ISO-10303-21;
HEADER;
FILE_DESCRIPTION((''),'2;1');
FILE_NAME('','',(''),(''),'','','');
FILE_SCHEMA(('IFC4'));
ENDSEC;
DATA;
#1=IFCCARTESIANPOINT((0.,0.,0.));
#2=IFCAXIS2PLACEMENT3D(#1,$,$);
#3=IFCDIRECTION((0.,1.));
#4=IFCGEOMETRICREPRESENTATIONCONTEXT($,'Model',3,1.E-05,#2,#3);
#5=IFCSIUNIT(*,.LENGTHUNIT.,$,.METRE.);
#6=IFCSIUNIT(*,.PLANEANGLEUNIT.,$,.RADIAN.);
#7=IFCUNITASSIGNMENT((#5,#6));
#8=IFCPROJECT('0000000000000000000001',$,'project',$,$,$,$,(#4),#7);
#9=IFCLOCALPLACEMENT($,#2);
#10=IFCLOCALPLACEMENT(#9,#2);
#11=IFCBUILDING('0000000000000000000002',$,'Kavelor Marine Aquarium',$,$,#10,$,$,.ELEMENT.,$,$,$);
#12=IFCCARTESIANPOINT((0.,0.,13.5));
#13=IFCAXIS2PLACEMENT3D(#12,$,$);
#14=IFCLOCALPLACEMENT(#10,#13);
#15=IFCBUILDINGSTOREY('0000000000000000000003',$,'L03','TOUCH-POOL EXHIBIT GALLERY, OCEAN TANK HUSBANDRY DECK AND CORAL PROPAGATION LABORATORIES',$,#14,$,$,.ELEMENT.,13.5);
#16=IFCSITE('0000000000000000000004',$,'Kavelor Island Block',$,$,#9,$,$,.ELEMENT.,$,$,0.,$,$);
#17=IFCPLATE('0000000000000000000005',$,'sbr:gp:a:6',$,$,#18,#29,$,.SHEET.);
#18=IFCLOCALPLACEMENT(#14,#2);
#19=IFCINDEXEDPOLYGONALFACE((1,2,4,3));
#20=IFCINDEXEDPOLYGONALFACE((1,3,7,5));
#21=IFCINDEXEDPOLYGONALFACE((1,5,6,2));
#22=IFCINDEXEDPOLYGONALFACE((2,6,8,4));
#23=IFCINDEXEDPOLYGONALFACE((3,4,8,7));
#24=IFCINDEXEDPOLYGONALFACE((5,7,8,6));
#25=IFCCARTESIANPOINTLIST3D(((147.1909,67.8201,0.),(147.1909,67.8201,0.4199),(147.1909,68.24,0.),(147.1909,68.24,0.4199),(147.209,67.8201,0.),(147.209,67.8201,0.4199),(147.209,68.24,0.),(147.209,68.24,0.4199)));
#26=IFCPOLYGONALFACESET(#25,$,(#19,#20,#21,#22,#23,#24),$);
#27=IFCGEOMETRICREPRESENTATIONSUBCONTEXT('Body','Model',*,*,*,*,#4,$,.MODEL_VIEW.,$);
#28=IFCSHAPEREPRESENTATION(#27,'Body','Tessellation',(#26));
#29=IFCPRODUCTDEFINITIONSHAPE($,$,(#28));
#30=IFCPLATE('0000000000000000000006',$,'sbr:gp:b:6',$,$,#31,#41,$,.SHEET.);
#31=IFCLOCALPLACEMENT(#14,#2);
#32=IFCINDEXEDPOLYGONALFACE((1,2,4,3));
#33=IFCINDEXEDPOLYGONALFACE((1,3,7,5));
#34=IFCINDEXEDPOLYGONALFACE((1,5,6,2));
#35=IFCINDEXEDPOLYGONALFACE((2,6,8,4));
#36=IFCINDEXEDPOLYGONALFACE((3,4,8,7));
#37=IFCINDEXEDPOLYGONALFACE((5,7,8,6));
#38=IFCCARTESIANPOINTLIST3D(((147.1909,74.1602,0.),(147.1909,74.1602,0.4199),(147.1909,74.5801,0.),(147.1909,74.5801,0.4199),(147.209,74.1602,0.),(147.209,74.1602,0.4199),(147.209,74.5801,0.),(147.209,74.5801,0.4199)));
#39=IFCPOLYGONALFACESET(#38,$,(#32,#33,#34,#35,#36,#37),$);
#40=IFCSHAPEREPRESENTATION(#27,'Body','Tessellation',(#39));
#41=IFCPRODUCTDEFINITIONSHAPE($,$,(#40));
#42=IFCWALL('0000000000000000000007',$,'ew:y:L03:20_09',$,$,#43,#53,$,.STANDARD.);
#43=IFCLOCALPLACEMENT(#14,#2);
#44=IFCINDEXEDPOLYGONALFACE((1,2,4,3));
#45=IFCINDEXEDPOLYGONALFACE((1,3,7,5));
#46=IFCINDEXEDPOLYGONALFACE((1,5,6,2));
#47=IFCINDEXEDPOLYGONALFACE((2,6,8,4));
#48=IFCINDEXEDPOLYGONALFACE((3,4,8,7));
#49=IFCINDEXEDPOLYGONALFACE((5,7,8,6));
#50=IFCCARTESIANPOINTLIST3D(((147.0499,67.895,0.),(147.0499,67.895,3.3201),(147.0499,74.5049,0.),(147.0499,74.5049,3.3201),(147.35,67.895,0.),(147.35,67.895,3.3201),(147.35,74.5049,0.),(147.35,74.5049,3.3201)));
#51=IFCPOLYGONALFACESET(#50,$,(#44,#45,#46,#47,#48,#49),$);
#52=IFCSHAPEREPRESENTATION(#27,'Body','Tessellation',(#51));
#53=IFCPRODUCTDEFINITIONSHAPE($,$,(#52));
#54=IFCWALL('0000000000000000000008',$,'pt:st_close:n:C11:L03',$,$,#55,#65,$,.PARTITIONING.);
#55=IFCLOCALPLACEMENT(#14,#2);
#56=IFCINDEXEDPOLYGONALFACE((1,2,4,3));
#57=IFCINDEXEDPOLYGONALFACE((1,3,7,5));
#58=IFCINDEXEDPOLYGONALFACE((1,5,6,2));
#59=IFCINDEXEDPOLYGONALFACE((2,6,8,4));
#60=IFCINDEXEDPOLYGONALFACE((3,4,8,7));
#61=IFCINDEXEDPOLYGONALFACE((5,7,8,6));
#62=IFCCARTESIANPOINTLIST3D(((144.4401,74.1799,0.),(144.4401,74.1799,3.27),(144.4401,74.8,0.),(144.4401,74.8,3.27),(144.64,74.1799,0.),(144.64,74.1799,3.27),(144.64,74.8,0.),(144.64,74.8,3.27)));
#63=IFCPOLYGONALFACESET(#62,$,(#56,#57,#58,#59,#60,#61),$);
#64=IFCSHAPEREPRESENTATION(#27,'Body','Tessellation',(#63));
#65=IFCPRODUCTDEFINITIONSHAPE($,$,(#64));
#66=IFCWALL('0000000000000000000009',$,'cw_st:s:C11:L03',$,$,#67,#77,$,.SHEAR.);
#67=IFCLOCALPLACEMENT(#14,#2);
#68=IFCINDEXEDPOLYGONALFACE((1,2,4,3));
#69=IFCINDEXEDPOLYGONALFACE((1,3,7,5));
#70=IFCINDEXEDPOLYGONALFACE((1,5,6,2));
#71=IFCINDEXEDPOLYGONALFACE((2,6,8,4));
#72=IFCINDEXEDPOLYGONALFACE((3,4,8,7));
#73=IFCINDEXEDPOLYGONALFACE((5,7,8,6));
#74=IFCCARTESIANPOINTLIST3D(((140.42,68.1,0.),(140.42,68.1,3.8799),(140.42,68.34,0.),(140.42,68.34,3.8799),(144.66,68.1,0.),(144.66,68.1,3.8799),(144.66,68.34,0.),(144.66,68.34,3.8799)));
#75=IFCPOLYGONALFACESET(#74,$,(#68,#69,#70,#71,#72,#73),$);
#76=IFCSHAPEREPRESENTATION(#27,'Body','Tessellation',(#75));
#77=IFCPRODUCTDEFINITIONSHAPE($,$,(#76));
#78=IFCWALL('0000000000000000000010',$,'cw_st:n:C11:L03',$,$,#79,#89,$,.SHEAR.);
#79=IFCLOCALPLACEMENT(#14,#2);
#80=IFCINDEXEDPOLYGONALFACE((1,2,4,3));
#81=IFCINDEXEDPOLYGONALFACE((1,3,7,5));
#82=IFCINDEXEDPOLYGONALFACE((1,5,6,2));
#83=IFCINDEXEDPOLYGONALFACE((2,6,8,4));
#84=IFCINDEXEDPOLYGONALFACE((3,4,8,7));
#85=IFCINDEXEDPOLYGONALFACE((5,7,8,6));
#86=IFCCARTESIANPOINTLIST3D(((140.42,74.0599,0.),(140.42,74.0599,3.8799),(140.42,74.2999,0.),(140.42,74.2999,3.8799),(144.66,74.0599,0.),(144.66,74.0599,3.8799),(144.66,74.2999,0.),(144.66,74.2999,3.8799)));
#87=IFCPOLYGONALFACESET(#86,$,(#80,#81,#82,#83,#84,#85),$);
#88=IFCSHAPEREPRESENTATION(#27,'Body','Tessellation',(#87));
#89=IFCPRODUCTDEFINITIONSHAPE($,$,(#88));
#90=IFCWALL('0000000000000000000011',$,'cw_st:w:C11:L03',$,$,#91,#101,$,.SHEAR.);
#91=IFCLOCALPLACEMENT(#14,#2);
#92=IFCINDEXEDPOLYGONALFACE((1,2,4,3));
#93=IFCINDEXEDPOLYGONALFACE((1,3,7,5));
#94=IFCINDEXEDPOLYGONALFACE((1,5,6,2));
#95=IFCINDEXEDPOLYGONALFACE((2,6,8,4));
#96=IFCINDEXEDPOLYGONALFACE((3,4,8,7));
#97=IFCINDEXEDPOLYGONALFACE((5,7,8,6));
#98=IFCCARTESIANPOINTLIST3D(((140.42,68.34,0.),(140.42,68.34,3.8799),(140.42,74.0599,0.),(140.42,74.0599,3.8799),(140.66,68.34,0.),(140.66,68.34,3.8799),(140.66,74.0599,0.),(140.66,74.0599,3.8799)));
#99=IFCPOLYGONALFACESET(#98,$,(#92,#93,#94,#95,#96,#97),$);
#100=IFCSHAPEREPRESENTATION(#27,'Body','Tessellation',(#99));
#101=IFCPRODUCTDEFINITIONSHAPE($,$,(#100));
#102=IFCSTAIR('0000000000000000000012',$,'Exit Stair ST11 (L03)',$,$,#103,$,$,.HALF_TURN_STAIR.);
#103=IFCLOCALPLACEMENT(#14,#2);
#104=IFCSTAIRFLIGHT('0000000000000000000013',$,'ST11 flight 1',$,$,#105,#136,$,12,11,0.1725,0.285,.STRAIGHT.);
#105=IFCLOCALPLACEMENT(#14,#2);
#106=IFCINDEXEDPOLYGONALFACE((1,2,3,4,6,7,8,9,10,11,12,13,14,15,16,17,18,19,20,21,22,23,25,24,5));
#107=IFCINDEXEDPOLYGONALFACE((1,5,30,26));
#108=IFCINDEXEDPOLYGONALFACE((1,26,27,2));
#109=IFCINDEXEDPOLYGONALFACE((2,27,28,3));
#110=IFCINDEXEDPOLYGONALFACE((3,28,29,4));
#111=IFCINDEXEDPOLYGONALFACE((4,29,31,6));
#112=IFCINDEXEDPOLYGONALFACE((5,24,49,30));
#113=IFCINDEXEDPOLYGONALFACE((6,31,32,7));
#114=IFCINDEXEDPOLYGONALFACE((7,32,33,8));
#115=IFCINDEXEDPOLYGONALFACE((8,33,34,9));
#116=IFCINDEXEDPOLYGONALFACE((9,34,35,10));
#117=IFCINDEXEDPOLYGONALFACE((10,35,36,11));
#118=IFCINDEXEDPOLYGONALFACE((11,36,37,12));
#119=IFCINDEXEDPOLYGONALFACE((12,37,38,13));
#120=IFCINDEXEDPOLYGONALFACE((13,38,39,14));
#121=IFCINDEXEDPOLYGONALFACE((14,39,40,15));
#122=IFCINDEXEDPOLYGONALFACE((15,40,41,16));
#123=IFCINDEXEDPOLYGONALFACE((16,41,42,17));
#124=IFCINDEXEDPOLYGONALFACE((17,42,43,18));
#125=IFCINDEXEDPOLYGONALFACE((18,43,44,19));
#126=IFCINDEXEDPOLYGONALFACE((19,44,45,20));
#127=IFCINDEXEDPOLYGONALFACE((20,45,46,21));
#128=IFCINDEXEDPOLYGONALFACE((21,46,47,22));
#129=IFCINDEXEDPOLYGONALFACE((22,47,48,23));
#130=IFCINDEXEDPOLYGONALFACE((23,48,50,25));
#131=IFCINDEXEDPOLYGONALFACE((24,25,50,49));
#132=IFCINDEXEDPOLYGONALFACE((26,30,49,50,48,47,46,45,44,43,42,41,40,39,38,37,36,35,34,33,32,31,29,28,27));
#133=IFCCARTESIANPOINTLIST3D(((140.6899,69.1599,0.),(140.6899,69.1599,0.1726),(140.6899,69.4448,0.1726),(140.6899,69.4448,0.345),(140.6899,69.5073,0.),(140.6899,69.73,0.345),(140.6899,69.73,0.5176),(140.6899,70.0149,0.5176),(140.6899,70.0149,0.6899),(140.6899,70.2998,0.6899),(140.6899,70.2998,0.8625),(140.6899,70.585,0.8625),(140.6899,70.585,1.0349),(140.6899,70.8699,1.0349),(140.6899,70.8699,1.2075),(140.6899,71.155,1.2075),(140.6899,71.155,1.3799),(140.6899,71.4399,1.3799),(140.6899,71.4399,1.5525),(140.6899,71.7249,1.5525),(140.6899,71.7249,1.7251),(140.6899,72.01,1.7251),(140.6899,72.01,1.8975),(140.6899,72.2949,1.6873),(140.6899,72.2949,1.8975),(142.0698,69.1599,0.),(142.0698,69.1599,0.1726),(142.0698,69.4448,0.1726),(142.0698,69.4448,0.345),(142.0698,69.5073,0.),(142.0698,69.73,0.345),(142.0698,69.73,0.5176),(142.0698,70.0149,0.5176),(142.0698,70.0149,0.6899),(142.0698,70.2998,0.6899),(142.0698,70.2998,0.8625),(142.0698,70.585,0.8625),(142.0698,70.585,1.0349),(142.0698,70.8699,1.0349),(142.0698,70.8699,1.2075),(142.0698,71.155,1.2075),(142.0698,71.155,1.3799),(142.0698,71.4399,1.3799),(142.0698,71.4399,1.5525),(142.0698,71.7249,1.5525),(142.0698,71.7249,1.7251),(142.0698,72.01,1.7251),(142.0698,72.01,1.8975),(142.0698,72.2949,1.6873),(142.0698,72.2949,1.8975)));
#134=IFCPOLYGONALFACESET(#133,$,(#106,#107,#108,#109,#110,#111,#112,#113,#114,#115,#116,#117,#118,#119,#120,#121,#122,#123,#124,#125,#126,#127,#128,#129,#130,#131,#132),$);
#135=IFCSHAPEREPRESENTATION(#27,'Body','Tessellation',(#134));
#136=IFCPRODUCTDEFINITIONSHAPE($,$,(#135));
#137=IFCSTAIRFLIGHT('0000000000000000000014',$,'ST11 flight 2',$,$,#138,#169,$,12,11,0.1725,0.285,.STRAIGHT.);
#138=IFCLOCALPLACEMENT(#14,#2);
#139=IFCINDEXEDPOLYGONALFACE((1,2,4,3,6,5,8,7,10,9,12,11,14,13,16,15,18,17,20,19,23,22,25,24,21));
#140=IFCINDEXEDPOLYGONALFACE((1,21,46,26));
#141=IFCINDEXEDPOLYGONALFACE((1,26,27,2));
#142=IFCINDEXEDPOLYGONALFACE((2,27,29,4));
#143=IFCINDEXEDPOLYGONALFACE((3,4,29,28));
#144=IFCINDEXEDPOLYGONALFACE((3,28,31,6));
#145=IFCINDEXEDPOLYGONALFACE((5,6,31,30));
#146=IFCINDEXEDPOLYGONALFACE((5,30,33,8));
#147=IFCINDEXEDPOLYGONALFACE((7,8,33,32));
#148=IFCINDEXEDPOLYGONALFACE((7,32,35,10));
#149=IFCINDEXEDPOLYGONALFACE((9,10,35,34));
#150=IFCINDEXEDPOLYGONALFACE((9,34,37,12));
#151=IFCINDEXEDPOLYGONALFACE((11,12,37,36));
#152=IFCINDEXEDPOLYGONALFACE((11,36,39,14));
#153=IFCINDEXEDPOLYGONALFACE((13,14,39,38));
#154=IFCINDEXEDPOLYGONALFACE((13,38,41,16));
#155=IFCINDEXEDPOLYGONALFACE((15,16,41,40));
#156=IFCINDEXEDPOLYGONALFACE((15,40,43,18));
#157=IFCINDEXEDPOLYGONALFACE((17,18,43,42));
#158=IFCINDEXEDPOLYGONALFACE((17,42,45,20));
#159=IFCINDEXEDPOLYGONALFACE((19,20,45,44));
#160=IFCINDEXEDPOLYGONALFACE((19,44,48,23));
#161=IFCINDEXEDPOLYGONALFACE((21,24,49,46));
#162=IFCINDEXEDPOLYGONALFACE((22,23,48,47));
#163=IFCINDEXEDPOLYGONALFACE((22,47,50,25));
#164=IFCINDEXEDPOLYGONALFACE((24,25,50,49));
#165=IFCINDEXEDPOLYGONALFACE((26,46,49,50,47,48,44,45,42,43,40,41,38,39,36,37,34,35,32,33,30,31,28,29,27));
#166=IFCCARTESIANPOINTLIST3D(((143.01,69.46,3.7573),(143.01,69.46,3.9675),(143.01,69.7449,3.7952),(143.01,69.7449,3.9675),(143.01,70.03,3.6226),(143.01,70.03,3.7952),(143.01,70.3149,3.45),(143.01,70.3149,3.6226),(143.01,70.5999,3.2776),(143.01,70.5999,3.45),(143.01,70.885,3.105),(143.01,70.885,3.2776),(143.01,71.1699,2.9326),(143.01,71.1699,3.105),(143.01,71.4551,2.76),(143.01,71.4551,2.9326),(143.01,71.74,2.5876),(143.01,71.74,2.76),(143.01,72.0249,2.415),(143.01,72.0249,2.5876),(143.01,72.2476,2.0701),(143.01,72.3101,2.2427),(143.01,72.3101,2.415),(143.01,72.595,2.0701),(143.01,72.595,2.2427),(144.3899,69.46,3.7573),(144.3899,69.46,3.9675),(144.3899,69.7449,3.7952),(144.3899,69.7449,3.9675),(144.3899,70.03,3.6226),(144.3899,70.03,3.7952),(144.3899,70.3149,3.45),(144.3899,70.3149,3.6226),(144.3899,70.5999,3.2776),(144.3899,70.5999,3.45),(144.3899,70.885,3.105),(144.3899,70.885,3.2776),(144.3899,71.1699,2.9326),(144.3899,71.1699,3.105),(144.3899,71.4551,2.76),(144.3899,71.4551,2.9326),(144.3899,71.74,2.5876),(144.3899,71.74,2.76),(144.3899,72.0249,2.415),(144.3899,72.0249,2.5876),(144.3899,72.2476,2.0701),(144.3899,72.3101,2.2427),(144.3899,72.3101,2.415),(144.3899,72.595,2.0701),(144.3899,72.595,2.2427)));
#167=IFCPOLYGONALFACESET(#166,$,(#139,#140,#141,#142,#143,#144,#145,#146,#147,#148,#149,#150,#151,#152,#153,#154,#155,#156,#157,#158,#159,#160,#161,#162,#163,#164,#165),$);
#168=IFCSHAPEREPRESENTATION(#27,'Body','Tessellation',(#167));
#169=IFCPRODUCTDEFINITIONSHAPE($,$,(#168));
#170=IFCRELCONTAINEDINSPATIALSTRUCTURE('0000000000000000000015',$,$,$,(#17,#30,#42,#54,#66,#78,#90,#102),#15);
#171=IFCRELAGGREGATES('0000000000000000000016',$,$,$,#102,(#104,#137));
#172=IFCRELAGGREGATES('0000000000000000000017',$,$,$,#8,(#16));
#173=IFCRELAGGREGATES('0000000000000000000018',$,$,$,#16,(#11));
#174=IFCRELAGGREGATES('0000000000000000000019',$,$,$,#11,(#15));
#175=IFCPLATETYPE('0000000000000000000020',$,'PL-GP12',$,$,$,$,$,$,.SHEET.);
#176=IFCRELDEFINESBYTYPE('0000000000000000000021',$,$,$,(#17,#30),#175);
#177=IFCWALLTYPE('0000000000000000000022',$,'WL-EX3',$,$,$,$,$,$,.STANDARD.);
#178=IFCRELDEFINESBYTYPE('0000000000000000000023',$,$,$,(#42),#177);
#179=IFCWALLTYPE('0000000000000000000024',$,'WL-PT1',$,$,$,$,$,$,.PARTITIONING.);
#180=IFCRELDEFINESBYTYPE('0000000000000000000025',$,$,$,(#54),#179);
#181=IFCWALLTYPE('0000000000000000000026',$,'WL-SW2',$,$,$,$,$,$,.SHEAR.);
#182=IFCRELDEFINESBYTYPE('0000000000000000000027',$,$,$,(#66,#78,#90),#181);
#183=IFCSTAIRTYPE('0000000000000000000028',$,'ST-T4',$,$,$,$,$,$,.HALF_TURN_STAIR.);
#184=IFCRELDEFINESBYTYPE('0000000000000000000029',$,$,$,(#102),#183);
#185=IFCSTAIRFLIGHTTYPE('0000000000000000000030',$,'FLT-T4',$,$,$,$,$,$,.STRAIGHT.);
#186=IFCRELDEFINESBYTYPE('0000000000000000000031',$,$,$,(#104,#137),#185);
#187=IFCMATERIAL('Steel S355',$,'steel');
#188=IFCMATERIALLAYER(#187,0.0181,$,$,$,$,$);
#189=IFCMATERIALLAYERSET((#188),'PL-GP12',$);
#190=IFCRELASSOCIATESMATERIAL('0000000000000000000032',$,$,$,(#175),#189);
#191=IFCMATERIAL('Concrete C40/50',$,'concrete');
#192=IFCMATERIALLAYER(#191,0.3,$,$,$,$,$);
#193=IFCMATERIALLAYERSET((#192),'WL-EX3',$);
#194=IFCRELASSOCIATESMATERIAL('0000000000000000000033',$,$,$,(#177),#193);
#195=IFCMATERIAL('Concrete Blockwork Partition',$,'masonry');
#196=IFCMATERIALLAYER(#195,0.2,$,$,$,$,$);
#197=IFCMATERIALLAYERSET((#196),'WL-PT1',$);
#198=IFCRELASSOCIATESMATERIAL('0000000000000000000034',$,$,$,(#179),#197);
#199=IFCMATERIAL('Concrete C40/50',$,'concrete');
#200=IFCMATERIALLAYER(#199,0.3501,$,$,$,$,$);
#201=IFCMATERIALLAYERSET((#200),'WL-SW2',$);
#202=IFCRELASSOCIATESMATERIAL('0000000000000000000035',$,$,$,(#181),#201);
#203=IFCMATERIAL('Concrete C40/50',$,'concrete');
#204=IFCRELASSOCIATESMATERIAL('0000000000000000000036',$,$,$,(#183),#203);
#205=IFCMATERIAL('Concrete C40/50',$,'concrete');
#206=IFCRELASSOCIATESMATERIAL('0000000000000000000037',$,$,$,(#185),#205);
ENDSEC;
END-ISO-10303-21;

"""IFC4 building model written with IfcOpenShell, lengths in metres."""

from ifc_helpers import new_model, si_unit, direction, frame, frame_2d, origin, origin_2d, place, context, subcontext, project, spatial, polyline, rectangle, outline, extrude, material, layer, layer_set, type_object, element, aggregate, save


model = new_model("IFC4")

# Units and contexts
model_context = context("Model", 3, precision=1e-05, world=origin(), true_north=direction((0.0, 1.0)))
body_context = subcontext(model_context, "Body", "Model", "MODEL_VIEW")
ifc_project = project(units=[si_unit("LENGTHUNIT", "METRE"), si_unit("PLANEANGLEUNIT", "RADIAN")], contexts=[model_context])

# Site, building, storey
site_placement = place(None, origin())
site = spatial("IfcSite", under=ifc_project, at=site_placement, Name="Kavelor Island Block", CompositionType="ELEMENT", RefElevation=0.0)
building_placement = place(site_placement, origin())
building = spatial("IfcBuilding", under=site, at=building_placement, Name="Kavelor Marine Aquarium", CompositionType="ELEMENT")
storey_placement = place(building_placement, frame((0.0, 0.0, 13.5)))
storey = spatial("IfcBuildingStorey", under=building, at=storey_placement, Name="L03", Description="TOUCH-POOL EXHIBIT GALLERY, OCEAN TANK HUSBANDRY DECK AND CORAL PROPAGATION LABORATORIES", CompositionType="ELEMENT", Elevation=13.5)

# Plates
ifc_material_1 = material(Name="Steel S355", Category="steel")
ifc_layer_1 = layer(ifc_material_1, 0.0181)
ifc_layer_set_1 = layer_set([ifc_layer_1], Name="PL-GP12")
plate_type_1 = type_object("IfcPlateType", Name="PL-GP12", PredefinedType="SHEET", material=ifc_layer_set_1)
for number, where, z_axis, x_axis, name in (
    (1, (147.2, 68.03, 0.0), (0.0, 0.0, 1.0), (1.0, 0.0, 0.0), "sbr:gp:a:6"),
    (2, (147.2, 74.3701, 0.0), (0.0, 0.0, 1.0), (1.0, 0.0, 0.0), "sbr:gp:b:6"),
):
    element("IfcPlate", number, at=place(storey_placement, frame(where, z_axis=z_axis, x_axis=x_axis)), inside=storey, type_object=plate_type_1, Name=name, PredefinedType="SHEET", context=body_context, shape_type="SweptSolid", body=[
        extrude(rectangle(XDim=0.0181, YDim=0.4199, at=origin_2d()), origin(), (0.0, 0.0, 1.0), 0.4199),
    ])

# Walls
ifc_material_2 = material(Name="Concrete C40/50", Category="concrete")
ifc_layer_2 = layer(ifc_material_2, 0.3)
ifc_layer_set_2 = layer_set([ifc_layer_2], Name="WL-EX3")
wall_type_1 = type_object("IfcWallType", Name="WL-EX3", PredefinedType="STANDARD", material=ifc_layer_set_2)
wall_1_placement = place(storey_placement, frame((147.2, 74.5049, 0.0), z_axis=(0.0, 0.0, 1.0), x_axis=(0.0, -1.0, 0.0)))
element("IfcWall", 3, at=wall_1_placement, inside=storey, type_object=wall_type_1, Name="ew:y:L03:20_09", PredefinedType="STANDARD", context=body_context, shape_type="SweptSolid", body=[
    extrude(rectangle(XDim=6.6099, YDim=0.3, at=frame_2d((3.3049, 0.0))), origin(), (0.0, 0.0, 1.0), 3.3201),
])
ifc_material_3 = material(Name="Concrete Blockwork Partition", Category="masonry")
ifc_layer_3 = layer(ifc_material_3, 0.2)
ifc_layer_set_3 = layer_set([ifc_layer_3], Name="WL-PT1")
wall_type_2 = type_object("IfcWallType", Name="WL-PT1", PredefinedType="PARTITIONING", material=ifc_layer_set_3)
wall_2_placement = place(storey_placement, frame((144.54, 74.1799, 0.0), z_axis=(0.0, 0.0, 1.0), x_axis=(0.0, 1.0, 0.0)))
element("IfcWall", 4, at=wall_2_placement, inside=storey, type_object=wall_type_2, Name="pt:st_close:n:C11:L03", PredefinedType="PARTITIONING", context=body_context, shape_type="SweptSolid", body=[
    extrude(rectangle(XDim=0.6201, YDim=0.2, at=frame_2d((0.3101, 0.0))), origin(), (0.0, 0.0, 1.0), 3.27),
])
ifc_material_4 = material(Name="Concrete C40/50", Category="concrete")
ifc_layer_4 = layer(ifc_material_4, 0.3501)
ifc_layer_set_4 = layer_set([ifc_layer_4], Name="WL-SW2")
wall_type_3 = type_object("IfcWallType", Name="WL-SW2", PredefinedType="SHEAR", material=ifc_layer_set_4)
for number, where, z_axis, x_axis, name in (
    (5, (140.4199, 68.22, 0.0), (0.0, 0.0, 1.0), (1.0, 0.0, 0.0), "cw_st:s:C11:L03"),
    (6, (140.4199, 74.1799, 0.0), (0.0, 0.0, 1.0), (1.0, 0.0, 0.0), "cw_st:n:C11:L03"),
):
    element("IfcWall", number, at=place(storey_placement, frame(where, z_axis=z_axis, x_axis=x_axis)), inside=storey, type_object=wall_type_3, Name=name, PredefinedType="SHEAR", context=body_context, shape_type="SweptSolid", body=[
        extrude(rectangle(XDim=4.24, YDim=0.24, at=frame_2d((2.1201, 0.0))), origin(), (0.0, 0.0, 1.0), 3.8799),
    ])
wall_3_placement = place(storey_placement, frame((140.54, 68.3401, 0.0), z_axis=(0.0, 0.0, 1.0), x_axis=(0.0, 1.0, 0.0)))
element("IfcWall", 7, at=wall_3_placement, inside=storey, type_object=wall_type_3, Name="cw_st:w:C11:L03", PredefinedType="SHEAR", context=body_context, shape_type="SweptSolid", body=[
    extrude(rectangle(XDim=5.72, YDim=0.24, at=frame_2d((2.8599, 0.0))), origin(), (0.0, 0.0, 1.0), 3.8799),
])

# Stair, stair flights
ifc_material_5 = material(Name="Concrete C40/50", Category="concrete")
stair_type = type_object("IfcStairType", Name="ST-T4", PredefinedType="HALF_TURN_STAIR", material=ifc_material_5)
stair_placement = place(storey_placement, origin())
stair = element("IfcStair", 8, at=stair_placement, inside=storey, type_object=stair_type, Name="Exit Stair ST11 (L03)", PredefinedType="HALF_TURN_STAIR")
ifc_material_6 = material(Name="Concrete C40/50", Category="concrete")
stair_flight_type = type_object("IfcStairFlightType", Name="FLT-T4", PredefinedType="STRAIGHT", material=ifc_material_6)
stair_flight_1_placement = place(storey_placement, frame((141.3799, 69.1599, 0.0), z_axis=(0.0, 0.0, 1.0), x_axis=(0.0, 1.0, 0.0)))
stair_flight_1 = element("IfcStairFlight", 9, at=stair_flight_1_placement, type_object=stair_flight_type, Name="ST11 flight 1", NumberOfRisers=12, NumberOfTreads=11, PredefinedType="STRAIGHT", RiserHeight=0.1725, TreadLength=0.285, context=body_context, shape_type="SweptSolid", body=[
    extrude(outline(polyline([(0.0, 0.0), (0.0, 0.1726), (0.2849, 0.1726), (0.2849, 0.345), (0.5701, 0.345), (0.5701, 0.5176), (0.855, 0.5176), (0.855, 0.6899), (1.1399, 0.6899), (1.1399, 0.8625), (1.425, 0.8625), (1.425, 1.0349), (1.71, 1.0349), (1.71, 1.2075), (1.9951, 1.2075), (1.9951, 1.3799), (2.28, 1.3799), (2.28, 1.5525), (2.5649, 1.5525), (2.5649, 1.7251), (2.8501, 1.7251), (2.8501, 1.8975), (3.135, 1.8975), (3.135, 2.0701), (3.135, 1.6873), (0.3474, 0.0), (0.0, 0.0)])), frame((0.0, 0.6899, 0.0), z_axis=(0.0, -1.0, 0.0), x_axis=(1.0, 0.0, 0.0)), (0.0, 0.0, 1.0), 1.3799),
])
stair_flight_2_placement = place(storey_placement, frame((143.7, 72.595, 2.0701), z_axis=(0.0, 0.0, 1.0), x_axis=(0.0, -1.0, 0.0)))
stair_flight_2 = element("IfcStairFlight", 10, at=stair_flight_2_placement, type_object=stair_flight_type, Name="ST11 flight 2", NumberOfRisers=12, NumberOfTreads=11, PredefinedType="STRAIGHT", RiserHeight=0.1725, TreadLength=0.285, context=body_context, shape_type="SweptSolid", body=[
    extrude(outline(polyline([(0.0, 0.0), (0.0, 0.1726), (0.2849, 0.1726), (0.2849, 0.345), (0.5701, 0.345), (0.5701, 0.5176), (0.855, 0.5176), (0.855, 0.6899), (1.1399, 0.6899), (1.1399, 0.8625), (1.425, 0.8625), (1.425, 1.0349), (1.71, 1.0349), (1.71, 1.2075), (1.9951, 1.2075), (1.9951, 1.3799), (2.28, 1.3799), (2.28, 1.5525), (2.5649, 1.5525), (2.5649, 1.7251), (2.8501, 1.7251), (2.8501, 1.8975), (3.135, 1.8975), (3.135, 2.0701), (3.135, 1.6873), (0.3474, 0.0), (0.0, 0.0)])), frame((0.0, 0.6899, 0.0), z_axis=(0.0, -1.0, 0.0), x_axis=(1.0, 0.0, 0.0)), (0.0, 0.0, 1.0), 1.3799),
])
aggregate(stair, [stair_flight_1, stair_flight_2])

save(model, "model.ifc")
